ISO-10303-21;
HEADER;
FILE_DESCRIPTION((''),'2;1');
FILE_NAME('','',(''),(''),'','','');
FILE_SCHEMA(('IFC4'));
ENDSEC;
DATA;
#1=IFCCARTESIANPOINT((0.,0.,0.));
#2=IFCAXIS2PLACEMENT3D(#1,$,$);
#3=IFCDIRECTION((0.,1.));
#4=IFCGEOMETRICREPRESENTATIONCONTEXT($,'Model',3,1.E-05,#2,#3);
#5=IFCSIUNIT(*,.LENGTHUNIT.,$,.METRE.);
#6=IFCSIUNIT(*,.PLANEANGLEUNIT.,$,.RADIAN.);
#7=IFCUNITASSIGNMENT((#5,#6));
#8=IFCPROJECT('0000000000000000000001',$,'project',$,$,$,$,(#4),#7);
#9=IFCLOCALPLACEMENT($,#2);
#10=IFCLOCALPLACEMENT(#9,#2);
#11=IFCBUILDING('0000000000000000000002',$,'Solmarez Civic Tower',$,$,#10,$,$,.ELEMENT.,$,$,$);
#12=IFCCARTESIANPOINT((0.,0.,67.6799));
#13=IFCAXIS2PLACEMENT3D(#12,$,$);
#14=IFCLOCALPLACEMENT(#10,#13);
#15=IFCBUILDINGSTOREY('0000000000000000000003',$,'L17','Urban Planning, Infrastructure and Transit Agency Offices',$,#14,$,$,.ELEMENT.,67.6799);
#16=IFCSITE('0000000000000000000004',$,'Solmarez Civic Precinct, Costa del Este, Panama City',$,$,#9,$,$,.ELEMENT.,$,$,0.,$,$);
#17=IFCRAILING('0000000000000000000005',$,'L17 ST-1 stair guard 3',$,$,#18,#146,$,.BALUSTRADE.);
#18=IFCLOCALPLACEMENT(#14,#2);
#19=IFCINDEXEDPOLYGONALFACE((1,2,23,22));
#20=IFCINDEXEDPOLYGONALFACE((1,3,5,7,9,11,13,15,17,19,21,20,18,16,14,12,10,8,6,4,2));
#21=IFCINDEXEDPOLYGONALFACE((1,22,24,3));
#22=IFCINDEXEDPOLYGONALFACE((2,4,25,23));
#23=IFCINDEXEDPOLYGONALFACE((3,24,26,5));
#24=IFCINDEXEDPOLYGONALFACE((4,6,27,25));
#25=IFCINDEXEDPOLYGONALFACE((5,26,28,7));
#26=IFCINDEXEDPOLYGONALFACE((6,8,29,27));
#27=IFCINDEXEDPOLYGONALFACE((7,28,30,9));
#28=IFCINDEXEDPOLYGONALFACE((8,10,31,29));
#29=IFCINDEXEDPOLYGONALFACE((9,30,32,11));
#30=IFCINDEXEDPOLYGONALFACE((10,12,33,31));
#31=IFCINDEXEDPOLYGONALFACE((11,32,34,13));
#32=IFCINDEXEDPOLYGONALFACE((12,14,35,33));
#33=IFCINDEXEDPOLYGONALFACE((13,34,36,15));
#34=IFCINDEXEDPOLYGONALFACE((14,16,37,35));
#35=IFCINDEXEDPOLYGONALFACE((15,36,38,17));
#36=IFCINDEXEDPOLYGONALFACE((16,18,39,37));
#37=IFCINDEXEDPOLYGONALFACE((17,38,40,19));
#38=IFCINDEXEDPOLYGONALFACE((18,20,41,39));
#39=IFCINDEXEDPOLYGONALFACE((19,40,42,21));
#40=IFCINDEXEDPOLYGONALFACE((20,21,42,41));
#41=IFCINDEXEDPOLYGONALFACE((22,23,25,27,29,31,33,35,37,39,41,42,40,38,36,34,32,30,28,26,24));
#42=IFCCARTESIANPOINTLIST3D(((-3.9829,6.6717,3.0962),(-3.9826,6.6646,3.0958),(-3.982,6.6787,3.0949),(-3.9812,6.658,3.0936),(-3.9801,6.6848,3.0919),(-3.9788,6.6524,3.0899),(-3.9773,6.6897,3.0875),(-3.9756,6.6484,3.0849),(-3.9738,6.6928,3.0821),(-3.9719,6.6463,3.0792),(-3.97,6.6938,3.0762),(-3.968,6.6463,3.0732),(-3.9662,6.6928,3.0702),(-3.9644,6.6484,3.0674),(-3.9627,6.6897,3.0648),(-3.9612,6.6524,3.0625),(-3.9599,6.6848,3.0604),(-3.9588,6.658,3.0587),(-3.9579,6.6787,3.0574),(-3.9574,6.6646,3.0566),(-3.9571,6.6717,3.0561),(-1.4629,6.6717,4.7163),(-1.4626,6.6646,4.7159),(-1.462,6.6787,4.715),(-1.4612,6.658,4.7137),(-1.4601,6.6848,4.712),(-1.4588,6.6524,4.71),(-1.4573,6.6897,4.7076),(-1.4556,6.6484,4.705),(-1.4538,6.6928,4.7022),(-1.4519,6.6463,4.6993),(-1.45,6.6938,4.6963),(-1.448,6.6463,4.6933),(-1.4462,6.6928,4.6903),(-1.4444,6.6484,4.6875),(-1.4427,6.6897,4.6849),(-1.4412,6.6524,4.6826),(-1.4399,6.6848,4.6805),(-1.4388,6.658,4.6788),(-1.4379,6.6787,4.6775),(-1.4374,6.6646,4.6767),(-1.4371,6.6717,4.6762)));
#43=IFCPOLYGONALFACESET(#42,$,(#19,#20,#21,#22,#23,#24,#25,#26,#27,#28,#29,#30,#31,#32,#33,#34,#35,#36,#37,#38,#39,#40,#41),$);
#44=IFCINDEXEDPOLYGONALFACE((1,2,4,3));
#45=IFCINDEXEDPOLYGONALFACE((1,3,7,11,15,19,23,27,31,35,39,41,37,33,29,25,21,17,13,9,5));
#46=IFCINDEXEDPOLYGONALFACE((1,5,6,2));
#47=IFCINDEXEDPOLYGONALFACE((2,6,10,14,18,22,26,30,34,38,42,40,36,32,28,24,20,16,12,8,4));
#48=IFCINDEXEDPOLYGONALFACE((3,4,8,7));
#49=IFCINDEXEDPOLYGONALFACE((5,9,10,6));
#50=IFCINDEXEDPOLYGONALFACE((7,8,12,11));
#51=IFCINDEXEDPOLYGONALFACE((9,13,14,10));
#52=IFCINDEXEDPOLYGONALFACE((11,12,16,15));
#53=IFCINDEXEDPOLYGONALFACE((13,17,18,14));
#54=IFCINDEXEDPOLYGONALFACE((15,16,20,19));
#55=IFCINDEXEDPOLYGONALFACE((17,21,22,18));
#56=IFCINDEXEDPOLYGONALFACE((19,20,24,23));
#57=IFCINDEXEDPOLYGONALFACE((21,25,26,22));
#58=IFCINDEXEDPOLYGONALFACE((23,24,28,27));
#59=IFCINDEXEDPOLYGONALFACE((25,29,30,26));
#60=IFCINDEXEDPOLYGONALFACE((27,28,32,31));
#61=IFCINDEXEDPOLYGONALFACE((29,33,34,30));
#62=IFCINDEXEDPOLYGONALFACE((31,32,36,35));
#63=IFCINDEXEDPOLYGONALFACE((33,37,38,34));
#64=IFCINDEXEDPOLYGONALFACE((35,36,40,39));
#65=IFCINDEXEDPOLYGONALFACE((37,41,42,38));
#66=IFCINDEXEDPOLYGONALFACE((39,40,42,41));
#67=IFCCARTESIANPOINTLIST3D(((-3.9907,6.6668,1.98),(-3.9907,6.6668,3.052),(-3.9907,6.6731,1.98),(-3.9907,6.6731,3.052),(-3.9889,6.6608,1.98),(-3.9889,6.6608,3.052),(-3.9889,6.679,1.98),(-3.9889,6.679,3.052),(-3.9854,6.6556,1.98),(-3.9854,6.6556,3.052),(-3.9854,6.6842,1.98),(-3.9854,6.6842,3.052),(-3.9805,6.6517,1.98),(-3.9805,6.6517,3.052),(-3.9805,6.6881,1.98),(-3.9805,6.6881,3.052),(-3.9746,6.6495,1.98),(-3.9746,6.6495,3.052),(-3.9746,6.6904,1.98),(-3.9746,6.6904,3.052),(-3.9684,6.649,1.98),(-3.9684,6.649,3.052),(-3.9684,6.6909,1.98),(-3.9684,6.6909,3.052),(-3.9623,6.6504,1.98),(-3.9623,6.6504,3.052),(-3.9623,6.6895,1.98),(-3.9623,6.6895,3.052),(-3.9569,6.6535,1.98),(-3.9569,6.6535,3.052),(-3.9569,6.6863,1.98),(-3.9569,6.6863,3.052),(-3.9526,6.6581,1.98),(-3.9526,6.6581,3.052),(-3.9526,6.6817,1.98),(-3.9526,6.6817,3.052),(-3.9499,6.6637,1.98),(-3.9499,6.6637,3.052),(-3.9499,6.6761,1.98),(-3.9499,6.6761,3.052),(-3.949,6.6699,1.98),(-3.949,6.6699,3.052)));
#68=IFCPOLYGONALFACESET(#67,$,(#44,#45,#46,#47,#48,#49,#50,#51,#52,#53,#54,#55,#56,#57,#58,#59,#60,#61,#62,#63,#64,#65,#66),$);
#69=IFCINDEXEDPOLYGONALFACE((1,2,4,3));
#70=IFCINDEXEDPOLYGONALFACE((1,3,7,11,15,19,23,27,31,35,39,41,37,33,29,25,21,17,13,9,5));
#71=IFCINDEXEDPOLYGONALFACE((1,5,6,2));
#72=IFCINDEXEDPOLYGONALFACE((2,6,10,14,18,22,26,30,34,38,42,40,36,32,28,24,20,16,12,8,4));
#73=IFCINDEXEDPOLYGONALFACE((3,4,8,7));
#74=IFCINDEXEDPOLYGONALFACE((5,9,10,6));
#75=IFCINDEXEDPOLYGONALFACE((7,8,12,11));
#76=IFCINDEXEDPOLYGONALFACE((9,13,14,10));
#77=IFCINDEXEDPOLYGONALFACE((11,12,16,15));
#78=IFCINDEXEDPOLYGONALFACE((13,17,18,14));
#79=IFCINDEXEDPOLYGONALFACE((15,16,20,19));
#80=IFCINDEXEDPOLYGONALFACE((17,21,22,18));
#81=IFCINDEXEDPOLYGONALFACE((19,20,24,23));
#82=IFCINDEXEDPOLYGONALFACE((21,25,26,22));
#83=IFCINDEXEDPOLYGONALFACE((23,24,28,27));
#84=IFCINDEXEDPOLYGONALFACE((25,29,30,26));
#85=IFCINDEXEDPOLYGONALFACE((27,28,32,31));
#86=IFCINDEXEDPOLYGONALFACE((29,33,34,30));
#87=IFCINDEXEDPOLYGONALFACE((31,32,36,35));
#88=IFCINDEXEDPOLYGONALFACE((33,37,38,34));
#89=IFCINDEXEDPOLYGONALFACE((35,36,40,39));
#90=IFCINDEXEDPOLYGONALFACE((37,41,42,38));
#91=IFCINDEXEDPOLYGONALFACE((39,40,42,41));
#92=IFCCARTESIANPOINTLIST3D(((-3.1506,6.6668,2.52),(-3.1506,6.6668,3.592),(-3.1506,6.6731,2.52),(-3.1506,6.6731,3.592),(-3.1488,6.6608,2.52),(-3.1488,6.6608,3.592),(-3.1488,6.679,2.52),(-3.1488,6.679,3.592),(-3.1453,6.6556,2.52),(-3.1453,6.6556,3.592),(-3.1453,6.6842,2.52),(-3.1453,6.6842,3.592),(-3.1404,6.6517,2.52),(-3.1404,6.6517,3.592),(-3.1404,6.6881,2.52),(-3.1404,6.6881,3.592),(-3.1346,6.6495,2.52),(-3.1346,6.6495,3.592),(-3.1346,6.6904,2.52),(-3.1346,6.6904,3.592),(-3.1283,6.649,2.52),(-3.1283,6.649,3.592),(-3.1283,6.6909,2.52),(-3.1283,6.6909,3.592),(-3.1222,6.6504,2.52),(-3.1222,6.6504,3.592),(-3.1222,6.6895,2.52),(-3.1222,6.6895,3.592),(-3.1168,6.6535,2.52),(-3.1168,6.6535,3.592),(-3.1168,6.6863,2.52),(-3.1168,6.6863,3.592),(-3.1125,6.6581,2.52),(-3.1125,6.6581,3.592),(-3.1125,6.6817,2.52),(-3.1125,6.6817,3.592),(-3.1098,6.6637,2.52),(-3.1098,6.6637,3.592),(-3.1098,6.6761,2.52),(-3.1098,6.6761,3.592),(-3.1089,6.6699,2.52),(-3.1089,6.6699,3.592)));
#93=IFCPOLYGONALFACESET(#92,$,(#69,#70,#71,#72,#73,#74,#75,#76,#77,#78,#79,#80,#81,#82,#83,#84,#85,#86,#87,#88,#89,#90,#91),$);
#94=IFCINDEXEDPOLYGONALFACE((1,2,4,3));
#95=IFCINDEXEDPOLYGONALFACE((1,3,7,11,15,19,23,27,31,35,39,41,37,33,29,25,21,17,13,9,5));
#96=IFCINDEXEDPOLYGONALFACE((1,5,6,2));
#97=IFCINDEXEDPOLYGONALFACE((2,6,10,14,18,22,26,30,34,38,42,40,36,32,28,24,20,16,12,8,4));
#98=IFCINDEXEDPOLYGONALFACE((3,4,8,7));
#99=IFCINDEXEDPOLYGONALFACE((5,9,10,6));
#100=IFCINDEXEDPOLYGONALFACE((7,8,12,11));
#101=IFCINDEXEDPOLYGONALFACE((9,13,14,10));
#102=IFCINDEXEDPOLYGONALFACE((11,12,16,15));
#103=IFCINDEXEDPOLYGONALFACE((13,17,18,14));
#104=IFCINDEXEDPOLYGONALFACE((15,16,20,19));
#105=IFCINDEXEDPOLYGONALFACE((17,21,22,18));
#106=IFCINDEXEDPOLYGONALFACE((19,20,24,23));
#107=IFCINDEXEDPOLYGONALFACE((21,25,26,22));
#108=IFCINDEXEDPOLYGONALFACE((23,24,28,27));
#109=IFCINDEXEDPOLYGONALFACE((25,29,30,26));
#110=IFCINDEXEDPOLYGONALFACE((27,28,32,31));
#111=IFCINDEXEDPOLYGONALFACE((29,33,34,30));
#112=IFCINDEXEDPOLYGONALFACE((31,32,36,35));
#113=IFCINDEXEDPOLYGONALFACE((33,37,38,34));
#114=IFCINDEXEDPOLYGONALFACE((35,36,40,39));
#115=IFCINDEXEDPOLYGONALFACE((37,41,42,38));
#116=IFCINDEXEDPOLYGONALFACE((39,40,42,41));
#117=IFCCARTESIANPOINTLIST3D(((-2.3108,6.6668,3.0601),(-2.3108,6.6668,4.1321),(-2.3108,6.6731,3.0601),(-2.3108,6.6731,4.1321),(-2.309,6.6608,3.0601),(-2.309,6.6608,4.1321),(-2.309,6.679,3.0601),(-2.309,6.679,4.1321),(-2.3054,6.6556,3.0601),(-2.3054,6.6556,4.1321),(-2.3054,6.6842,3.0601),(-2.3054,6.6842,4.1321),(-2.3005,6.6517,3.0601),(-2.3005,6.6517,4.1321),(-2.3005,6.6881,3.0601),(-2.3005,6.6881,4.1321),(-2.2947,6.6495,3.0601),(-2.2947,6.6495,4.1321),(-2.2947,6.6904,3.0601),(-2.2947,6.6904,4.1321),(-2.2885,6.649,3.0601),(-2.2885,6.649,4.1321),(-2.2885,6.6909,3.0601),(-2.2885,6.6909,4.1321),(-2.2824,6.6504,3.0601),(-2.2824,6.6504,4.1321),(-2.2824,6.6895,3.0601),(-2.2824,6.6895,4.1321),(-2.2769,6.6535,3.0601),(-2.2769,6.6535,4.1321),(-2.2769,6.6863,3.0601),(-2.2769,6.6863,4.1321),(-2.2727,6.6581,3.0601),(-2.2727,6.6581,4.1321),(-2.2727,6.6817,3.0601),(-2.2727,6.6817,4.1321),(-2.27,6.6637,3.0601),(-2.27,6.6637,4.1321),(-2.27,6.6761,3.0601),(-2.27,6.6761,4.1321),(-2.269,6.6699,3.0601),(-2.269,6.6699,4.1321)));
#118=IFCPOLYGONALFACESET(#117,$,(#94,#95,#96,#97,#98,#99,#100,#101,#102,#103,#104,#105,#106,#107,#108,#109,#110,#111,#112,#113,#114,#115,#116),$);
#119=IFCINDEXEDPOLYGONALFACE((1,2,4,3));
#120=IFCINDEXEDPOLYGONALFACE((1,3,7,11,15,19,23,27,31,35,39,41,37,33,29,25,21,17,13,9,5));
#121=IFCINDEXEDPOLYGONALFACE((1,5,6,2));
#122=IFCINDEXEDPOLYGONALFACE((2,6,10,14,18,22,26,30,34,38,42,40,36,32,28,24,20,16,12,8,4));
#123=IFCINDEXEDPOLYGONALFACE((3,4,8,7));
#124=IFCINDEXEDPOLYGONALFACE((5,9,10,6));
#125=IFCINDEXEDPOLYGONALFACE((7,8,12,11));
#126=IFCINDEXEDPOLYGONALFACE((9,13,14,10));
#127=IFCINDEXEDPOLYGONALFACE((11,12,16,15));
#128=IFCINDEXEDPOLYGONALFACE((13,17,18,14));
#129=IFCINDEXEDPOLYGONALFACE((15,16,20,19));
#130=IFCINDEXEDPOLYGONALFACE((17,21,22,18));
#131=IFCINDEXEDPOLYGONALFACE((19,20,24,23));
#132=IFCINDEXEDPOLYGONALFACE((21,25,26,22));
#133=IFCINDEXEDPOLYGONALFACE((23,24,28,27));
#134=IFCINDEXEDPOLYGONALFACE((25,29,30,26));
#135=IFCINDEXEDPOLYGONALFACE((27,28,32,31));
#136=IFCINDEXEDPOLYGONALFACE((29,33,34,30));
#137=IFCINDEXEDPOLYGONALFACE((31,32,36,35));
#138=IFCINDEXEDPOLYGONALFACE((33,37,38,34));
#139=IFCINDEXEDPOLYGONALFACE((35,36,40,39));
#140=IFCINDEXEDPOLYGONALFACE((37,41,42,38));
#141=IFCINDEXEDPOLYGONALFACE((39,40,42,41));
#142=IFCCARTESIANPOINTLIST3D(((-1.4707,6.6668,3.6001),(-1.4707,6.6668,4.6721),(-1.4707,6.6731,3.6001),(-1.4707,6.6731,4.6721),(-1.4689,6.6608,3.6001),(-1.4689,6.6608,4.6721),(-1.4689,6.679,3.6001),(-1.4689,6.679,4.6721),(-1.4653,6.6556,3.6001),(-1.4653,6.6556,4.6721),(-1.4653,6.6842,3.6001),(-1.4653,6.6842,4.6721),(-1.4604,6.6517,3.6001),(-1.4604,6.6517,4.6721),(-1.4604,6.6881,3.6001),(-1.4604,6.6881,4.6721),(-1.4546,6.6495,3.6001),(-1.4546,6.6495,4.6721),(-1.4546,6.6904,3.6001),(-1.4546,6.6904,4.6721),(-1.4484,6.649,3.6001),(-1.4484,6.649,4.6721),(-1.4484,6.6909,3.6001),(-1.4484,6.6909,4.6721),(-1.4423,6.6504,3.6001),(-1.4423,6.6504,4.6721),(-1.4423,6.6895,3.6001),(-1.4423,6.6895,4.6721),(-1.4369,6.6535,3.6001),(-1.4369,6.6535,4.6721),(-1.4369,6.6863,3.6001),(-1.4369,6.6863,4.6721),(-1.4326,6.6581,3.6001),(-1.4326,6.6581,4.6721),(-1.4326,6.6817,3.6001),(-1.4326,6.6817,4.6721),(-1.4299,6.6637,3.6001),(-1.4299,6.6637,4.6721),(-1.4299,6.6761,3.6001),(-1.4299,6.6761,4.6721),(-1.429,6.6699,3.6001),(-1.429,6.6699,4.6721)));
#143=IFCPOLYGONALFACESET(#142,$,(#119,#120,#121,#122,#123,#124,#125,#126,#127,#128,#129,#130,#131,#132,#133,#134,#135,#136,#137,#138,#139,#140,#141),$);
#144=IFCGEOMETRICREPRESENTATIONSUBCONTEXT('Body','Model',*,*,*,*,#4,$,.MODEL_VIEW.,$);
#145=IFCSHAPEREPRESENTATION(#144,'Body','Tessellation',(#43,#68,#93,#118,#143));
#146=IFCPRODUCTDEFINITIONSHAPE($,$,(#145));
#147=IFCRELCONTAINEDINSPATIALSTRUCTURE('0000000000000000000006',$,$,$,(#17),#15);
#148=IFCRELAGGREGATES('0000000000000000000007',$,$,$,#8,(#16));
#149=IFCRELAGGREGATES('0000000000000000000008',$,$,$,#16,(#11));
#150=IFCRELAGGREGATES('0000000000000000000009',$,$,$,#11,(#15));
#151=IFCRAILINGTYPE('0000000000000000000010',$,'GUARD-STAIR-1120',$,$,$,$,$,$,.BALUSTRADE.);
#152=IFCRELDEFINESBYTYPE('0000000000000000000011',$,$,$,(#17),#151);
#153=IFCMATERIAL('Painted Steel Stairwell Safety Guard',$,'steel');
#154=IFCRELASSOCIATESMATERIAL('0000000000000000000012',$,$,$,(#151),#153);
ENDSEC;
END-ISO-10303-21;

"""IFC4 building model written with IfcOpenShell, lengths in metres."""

from ifc_helpers import new_model, si_unit, direction, frame, origin, origin_2d, place, context, subcontext, project, spatial, circle, extrude, material, type_object, element, save


model = new_model("IFC4")

# Units and contexts
model_context = context("Model", 3, precision=1e-05, world=origin(), true_north=direction((0.0, 1.0)))
body_context = subcontext(model_context, "Body", "Model", "MODEL_VIEW")
ifc_project = project(units=[si_unit("LENGTHUNIT", "METRE"), si_unit("PLANEANGLEUNIT", "RADIAN")], contexts=[model_context])

# Site, building, storey
site_placement = place(None, origin())
site = spatial("IfcSite", under=ifc_project, at=site_placement, Name="Solmarez Civic Precinct, Costa del Este, Panama City", CompositionType="ELEMENT", RefElevation=0.0)
building_placement = place(site_placement, origin())
building = spatial("IfcBuilding", under=site, at=building_placement, Name="Solmarez Civic Tower", CompositionType="ELEMENT")
storey_placement = place(building_placement, frame((0.0, 0.0, 67.6799)))
storey = spatial("IfcBuildingStorey", under=building, at=storey_placement, Name="L17", Description="Urban Planning, Infrastructure and Transit Agency Offices", CompositionType="ELEMENT", Elevation=67.6799)

# Railing
ifc_material_1 = material(Name="Painted Steel Stairwell Safety Guard", Category="steel")
railing_type_1 = type_object("IfcRailingType", Name="GUARD-STAIR-1120", PredefinedType="BALUSTRADE", material=ifc_material_1)
railing_1_placement = place(storey_placement, frame((-3.97, 6.6699, 1.98)))
element("IfcRailing", 1, at=railing_1_placement, inside=storey, type_object=railing_type_1, Name="L17 ST-1 stair guard 3", PredefinedType="BALUSTRADE", context=body_context, shape_type="SweptSolid", body=[
    extrude(circle(Radius=0.0239, at=origin_2d()), frame((0.0, 0.0, 1.0962), z_axis=(0.841163, 0.0, 0.540782), x_axis=(0.0, 1.0, 0.0)), (0.0, 0.0, 1.0), 2.9958),
    extrude(circle(Radius=0.021, at=origin_2d()), origin(), (0.0, 0.0, 1.0), 1.072),
    extrude(circle(Radius=0.021, at=origin_2d()), frame((0.8401, 0.0, 0.54)), (0.0, 0.0, 1.0), 1.072),
    extrude(circle(Radius=0.021, at=origin_2d()), frame((1.6799, 0.0, 1.0801)), (0.0, 0.0, 1.0), 1.072),
    extrude(circle(Radius=0.021, at=origin_2d()), frame((2.52, 0.0, 1.6201)), (0.0, 0.0, 1.0), 1.072),
])

save(model, "model.ifc")
